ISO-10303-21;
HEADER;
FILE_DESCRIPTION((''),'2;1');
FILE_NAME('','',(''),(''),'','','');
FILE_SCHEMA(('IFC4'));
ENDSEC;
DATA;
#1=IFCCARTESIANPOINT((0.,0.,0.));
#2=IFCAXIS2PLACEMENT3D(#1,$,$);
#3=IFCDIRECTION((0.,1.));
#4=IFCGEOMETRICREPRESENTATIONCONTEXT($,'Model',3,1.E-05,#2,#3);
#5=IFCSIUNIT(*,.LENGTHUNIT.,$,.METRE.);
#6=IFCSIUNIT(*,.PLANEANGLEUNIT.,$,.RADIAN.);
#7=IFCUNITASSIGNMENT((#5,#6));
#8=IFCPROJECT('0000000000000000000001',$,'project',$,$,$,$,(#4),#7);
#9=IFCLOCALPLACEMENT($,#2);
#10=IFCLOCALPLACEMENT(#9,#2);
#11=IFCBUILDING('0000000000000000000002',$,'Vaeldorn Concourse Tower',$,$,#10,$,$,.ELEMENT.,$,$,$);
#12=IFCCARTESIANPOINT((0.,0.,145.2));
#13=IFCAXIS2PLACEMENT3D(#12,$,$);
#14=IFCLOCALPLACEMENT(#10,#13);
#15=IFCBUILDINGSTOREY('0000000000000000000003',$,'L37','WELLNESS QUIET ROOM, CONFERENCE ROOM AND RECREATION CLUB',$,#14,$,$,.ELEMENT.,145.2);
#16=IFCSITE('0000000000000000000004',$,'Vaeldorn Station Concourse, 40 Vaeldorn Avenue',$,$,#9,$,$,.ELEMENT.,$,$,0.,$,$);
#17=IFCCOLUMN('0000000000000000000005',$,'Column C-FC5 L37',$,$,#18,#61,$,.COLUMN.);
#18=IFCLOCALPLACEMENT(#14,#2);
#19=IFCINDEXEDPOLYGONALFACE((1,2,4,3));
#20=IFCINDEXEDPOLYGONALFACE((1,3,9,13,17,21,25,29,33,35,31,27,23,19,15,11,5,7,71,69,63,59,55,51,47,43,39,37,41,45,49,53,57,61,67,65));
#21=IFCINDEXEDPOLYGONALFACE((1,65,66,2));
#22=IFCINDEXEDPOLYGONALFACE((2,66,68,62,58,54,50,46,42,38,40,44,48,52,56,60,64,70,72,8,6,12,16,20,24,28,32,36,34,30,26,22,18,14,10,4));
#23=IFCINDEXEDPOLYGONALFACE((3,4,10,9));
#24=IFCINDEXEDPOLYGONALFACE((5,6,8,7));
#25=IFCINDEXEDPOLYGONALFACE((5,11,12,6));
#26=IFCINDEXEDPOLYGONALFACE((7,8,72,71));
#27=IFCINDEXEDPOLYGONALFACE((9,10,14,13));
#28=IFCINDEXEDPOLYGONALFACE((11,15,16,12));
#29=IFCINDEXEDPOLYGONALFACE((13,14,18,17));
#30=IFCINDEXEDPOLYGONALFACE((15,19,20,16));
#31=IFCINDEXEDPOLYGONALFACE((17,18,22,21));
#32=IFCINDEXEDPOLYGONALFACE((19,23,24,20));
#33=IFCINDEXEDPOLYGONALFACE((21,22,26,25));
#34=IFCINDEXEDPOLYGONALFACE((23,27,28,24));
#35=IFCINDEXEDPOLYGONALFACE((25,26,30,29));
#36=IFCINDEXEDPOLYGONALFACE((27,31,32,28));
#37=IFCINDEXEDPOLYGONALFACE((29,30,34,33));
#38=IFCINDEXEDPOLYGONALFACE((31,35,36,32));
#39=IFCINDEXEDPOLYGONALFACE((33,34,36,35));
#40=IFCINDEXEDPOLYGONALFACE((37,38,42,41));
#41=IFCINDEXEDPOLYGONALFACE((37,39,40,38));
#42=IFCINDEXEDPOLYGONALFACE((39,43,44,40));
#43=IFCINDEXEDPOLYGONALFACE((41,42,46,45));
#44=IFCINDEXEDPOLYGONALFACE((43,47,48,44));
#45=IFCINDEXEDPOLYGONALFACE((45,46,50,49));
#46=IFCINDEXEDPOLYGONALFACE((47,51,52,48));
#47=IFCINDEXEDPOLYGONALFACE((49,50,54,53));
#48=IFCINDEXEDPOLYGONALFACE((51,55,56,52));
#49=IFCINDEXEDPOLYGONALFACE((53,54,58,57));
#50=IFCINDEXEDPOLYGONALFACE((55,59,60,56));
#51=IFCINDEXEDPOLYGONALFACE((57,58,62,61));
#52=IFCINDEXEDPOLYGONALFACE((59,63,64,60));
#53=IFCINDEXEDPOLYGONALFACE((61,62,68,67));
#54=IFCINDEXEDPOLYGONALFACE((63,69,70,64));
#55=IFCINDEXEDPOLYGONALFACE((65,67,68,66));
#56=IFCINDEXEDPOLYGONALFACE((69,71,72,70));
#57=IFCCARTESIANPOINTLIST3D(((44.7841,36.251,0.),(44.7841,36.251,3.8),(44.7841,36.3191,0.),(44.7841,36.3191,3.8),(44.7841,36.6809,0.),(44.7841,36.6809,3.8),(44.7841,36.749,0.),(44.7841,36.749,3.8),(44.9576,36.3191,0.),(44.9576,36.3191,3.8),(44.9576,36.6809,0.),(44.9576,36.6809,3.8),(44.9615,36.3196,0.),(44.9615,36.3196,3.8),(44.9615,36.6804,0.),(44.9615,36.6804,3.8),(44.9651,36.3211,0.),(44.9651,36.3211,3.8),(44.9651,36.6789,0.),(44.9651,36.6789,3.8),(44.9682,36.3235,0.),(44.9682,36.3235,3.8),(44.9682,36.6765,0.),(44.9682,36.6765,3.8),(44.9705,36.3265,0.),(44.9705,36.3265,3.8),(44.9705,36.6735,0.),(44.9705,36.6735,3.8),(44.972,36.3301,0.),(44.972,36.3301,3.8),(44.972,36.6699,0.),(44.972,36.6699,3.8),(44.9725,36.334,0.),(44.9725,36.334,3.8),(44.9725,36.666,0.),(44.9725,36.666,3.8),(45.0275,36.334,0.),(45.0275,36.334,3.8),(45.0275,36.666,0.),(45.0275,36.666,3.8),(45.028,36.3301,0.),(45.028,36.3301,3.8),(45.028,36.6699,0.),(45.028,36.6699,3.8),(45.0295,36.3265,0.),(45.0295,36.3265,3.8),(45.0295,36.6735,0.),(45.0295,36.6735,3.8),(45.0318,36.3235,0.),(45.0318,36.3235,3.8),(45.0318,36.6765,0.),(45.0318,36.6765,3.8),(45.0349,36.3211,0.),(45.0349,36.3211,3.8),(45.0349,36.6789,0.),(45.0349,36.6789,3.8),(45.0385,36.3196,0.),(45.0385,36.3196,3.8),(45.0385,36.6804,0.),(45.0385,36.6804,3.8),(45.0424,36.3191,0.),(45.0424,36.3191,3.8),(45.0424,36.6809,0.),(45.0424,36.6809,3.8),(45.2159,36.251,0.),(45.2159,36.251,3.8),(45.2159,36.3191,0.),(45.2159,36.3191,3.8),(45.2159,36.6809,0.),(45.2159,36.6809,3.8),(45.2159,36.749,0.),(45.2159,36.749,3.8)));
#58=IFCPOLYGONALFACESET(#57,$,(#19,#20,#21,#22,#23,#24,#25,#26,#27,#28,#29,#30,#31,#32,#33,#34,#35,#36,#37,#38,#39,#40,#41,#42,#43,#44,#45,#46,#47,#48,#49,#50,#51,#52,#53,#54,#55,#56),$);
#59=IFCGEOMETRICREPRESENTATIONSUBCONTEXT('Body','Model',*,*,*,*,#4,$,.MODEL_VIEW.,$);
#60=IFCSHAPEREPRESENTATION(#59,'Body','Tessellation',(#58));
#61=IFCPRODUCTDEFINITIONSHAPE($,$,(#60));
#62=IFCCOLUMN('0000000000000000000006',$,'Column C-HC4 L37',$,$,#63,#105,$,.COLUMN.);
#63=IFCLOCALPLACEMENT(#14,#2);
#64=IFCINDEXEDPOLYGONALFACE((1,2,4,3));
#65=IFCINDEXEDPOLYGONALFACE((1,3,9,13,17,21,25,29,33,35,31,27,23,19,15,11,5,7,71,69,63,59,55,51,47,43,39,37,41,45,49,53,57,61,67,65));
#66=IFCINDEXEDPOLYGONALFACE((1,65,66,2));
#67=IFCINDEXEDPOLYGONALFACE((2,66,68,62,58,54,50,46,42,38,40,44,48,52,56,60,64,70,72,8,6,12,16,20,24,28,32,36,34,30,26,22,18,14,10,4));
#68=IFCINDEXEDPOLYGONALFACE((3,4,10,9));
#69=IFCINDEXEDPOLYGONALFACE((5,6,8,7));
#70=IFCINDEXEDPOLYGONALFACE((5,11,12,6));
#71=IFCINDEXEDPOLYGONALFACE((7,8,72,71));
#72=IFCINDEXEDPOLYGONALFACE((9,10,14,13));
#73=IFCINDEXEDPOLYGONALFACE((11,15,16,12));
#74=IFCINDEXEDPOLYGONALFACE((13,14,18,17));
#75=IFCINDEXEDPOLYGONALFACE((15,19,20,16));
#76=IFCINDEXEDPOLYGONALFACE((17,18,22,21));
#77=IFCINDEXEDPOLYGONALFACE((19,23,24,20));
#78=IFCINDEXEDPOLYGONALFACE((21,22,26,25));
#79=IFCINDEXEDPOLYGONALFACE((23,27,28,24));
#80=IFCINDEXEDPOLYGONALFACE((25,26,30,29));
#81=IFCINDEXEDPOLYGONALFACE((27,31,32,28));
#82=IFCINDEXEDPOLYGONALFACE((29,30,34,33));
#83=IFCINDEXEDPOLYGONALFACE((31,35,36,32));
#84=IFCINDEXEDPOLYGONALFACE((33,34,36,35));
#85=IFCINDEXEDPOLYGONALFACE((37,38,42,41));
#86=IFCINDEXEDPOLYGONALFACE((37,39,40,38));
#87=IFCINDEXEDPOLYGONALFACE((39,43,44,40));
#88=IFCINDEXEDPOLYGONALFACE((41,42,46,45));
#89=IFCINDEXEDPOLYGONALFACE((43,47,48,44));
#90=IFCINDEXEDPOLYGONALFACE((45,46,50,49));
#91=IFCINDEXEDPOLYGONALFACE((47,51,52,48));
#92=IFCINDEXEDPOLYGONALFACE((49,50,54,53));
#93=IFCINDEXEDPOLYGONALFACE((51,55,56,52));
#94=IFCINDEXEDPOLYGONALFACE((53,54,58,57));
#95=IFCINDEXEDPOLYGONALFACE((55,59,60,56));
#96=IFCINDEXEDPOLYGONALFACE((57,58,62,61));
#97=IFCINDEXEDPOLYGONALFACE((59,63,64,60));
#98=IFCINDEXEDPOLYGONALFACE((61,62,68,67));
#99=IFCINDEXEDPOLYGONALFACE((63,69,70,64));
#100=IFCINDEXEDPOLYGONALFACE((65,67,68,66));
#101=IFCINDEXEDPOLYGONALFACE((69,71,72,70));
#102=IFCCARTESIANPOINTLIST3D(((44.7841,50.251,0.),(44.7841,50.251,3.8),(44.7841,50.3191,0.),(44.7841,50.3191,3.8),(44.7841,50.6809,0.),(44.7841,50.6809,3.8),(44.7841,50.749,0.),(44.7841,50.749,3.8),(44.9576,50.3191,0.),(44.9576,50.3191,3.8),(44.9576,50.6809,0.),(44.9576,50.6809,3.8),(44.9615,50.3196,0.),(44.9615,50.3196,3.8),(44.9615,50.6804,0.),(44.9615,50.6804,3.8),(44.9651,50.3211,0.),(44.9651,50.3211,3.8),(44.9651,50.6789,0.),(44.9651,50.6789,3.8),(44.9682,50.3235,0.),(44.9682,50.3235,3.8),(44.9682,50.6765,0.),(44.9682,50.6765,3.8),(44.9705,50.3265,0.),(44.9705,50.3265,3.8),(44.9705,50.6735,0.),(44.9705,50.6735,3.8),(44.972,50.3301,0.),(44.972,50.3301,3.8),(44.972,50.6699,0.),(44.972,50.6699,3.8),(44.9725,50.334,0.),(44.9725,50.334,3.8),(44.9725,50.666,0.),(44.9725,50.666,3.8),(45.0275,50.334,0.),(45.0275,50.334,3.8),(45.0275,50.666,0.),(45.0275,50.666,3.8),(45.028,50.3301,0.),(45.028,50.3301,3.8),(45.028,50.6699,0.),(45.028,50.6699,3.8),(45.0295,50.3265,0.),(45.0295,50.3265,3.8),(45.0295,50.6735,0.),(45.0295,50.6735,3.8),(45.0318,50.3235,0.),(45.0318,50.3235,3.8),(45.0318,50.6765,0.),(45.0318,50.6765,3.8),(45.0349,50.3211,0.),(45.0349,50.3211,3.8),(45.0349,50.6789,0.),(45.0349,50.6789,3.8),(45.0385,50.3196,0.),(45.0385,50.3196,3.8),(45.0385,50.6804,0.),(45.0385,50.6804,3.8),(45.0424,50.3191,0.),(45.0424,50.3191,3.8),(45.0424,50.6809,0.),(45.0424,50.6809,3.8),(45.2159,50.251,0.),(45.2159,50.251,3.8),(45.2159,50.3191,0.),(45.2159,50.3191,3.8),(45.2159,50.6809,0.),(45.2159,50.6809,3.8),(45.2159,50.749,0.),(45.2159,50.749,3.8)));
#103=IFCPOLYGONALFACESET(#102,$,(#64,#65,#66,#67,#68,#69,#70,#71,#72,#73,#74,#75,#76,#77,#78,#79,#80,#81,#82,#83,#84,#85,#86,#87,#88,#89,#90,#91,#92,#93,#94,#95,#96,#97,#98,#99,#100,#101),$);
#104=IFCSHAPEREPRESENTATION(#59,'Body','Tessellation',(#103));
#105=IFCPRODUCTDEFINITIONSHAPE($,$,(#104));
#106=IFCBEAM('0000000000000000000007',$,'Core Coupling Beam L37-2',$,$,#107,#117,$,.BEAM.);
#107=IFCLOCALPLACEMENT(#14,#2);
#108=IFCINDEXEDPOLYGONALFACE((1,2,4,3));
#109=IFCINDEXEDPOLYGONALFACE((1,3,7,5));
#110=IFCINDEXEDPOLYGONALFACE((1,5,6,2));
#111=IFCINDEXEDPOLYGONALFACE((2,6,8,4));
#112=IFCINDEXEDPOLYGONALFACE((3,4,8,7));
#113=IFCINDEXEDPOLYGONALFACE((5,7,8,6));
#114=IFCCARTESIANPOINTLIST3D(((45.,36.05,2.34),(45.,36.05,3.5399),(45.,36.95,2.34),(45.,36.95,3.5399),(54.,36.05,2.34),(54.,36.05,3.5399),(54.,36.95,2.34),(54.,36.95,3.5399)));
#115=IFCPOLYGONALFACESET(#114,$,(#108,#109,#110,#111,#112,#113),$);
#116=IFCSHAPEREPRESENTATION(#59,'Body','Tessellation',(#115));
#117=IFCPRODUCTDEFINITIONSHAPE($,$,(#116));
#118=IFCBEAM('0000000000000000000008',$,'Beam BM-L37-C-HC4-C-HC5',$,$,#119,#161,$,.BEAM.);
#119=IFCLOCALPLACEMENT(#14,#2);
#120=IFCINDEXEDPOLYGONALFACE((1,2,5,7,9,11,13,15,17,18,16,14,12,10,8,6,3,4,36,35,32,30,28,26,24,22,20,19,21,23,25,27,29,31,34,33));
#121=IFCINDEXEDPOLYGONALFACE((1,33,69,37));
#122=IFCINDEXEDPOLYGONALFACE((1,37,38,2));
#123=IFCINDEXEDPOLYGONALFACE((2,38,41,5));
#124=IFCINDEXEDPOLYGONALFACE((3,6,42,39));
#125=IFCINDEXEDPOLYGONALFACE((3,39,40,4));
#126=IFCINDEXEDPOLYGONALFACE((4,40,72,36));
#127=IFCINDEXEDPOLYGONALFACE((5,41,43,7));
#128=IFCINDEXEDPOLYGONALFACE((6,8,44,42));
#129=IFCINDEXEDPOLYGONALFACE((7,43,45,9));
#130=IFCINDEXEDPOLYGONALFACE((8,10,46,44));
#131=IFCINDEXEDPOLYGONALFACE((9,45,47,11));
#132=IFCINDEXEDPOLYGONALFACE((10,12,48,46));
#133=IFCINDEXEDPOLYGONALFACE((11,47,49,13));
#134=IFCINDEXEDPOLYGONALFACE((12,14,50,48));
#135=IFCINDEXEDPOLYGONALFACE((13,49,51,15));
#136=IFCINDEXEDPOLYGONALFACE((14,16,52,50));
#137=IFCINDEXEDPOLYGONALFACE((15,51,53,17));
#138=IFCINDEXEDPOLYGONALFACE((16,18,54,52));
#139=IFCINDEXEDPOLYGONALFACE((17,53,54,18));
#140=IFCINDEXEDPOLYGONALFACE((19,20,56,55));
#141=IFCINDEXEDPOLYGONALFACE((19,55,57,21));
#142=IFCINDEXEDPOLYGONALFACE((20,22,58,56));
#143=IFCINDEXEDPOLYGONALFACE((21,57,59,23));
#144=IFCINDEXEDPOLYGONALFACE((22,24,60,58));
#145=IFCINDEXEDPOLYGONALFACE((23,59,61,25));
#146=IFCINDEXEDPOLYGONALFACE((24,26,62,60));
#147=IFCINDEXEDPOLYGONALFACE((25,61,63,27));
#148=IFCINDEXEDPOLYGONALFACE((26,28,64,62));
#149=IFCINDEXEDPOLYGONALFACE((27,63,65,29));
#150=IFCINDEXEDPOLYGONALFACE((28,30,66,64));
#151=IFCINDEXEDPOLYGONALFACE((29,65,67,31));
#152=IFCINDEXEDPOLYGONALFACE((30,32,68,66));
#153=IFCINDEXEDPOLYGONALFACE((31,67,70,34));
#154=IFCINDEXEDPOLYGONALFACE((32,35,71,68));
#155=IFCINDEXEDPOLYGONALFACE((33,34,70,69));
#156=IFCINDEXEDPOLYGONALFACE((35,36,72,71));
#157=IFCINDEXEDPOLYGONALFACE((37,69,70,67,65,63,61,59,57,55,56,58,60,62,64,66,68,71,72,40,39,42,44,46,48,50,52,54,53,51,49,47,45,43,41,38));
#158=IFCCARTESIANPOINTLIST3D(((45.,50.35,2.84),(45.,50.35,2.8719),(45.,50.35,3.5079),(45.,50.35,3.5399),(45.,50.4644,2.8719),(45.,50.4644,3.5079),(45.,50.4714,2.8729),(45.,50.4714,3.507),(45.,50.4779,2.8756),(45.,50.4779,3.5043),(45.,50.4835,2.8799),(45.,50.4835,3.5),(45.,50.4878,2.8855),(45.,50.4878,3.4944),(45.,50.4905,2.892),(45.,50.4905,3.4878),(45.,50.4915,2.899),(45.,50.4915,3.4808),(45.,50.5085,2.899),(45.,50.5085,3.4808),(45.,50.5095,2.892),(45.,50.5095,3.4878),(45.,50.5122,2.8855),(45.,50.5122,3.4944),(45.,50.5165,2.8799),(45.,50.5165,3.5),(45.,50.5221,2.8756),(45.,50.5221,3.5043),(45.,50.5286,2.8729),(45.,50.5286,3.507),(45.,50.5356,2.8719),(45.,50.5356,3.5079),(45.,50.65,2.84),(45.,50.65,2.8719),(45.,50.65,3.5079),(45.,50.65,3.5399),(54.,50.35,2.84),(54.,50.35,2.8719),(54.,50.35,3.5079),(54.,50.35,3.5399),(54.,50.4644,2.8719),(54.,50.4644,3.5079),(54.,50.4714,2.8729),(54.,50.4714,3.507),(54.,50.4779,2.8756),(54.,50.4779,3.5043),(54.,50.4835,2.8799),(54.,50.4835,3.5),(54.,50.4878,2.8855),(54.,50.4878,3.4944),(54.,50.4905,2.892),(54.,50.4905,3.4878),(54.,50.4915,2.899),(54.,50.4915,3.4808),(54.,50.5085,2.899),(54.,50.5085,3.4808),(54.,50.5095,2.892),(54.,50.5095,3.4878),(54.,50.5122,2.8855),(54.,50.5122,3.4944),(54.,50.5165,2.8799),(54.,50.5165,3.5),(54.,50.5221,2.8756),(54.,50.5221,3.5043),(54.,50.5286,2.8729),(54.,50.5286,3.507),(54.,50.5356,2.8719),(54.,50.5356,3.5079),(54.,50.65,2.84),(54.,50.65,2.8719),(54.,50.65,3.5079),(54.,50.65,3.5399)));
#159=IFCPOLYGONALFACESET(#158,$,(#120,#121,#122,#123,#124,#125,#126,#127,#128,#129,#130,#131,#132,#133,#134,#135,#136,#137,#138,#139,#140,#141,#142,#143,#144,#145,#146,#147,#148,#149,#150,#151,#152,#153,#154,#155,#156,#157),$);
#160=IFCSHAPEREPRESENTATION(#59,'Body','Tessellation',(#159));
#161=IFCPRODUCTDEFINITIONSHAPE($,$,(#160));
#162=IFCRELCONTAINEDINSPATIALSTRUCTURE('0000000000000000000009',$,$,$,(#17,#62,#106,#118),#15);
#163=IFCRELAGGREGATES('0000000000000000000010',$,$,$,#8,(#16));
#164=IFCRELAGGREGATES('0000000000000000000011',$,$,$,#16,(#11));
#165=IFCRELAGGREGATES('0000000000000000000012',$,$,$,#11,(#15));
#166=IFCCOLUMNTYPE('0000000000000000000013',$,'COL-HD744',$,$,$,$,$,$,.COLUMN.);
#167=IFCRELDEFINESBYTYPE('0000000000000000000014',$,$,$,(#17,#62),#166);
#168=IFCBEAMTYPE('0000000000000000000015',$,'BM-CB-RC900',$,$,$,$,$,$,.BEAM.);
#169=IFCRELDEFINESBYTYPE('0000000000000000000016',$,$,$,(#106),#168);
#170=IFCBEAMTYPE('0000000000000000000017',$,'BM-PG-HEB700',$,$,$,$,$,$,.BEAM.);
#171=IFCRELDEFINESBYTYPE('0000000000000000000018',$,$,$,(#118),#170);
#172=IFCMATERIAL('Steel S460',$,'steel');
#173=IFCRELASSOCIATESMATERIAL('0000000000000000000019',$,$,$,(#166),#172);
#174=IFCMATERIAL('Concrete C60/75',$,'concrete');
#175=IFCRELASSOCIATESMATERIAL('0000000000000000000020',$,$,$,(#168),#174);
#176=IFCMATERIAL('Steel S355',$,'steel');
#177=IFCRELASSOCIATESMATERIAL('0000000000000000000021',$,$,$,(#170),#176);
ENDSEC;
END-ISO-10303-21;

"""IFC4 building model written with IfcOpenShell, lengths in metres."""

from ifc_helpers import new_model, si_unit, direction, frame, origin, origin_2d, place, context, subcontext, project, spatial, rectangle, i_section, extrude, source, transform, mapped, material, material_profile, profile_set, type_object, element, save


model = new_model("IFC4")

# Units and contexts
model_context = context("Model", 3, precision=1e-05, world=origin(), true_north=direction((0.0, 1.0)))
body_context = subcontext(model_context, "Body", "Model", "MODEL_VIEW")
ifc_project = project(units=[si_unit("LENGTHUNIT", "METRE"), si_unit("PLANEANGLEUNIT", "RADIAN")], contexts=[model_context])

# Site, building, storey
site_placement = place(None, origin())
site = spatial("IfcSite", under=ifc_project, at=site_placement, Name="Vaeldorn Station Concourse, 40 Vaeldorn Avenue", CompositionType="ELEMENT", RefElevation=0.0)
building_placement = place(site_placement, origin())
building = spatial("IfcBuilding", under=site, at=building_placement, Name="Vaeldorn Concourse Tower", CompositionType="ELEMENT")
storey_placement = place(building_placement, frame((0.0, 0.0, 145.2)))
storey = spatial("IfcBuildingStorey", under=building, at=storey_placement, Name="L37", Description="WELLNESS QUIET ROOM, CONFERENCE ROOM AND RECREATION CLUB", CompositionType="ELEMENT", Elevation=145.2)

# Columns
ifc_material_1 = material(Name="Steel S460", Category="steel")
ifc_material_profile_1 = material_profile(ifc_material_1, i_section(OverallWidth=0.4319, OverallDepth=0.498, WebThickness=0.0549, FlangeThickness=0.0681, FilletRadius=0.0149, at=origin_2d()), Name="HD 400x744")
ifc_profile_set_1 = profile_set([ifc_material_profile_1], Name="Steel S460")
column_type = type_object("IfcColumnType", Name="COL-HD744", PredefinedType="COLUMN", material=ifc_profile_set_1)
shared_shape_1 = source(origin(), body_context, "Body", "SweptSolid", [
    extrude(i_section(OverallWidth=0.4319, OverallDepth=0.498, WebThickness=0.0549, FlangeThickness=0.0681, FilletRadius=0.0149, at=origin_2d()), origin(), (0.0, 0.0, 1.0), 3.8),
])
for number, where, z_axis, x_axis, name in (
    (1, (45.0, 36.5, 0.0), (0.0, 0.0, 1.0), (1.0, 0.0, 0.0), "Column C-FC5 L37"),
    (2, (45.0, 50.5, 0.0), (0.0, 0.0, 1.0), (1.0, 0.0, 0.0), "Column C-HC4 L37"),
):
    element("IfcColumn", number, at=place(storey_placement, frame(where, z_axis=z_axis, x_axis=x_axis)), inside=storey, type_object=column_type, Name=name, PredefinedType="COLUMN", context=body_context, shape_type="MappedRepresentation", body=[
        mapped(shared_shape_1, transform((0.0, 0.0, 0.0), scale=1.0)),
    ])

# Beams
ifc_material_2 = material(Name="Concrete C60/75", Category="concrete")
ifc_material_profile_2 = material_profile(ifc_material_2, rectangle(XDim=0.8999, YDim=1.2, at=origin_2d()), Name="RC 900x1200")
ifc_profile_set_2 = profile_set([ifc_material_profile_2], Name="Concrete C60/75")
beam_type_1 = type_object("IfcBeamType", Name="BM-CB-RC900", PredefinedType="BEAM", material=ifc_profile_set_2)
shared_shape_2 = source(origin(), body_context, "Body", "SweptSolid", [
    extrude(rectangle(XDim=0.8999, YDim=1.2, at=origin_2d()), origin(), (0.0, 0.0, 1.0), 9.0),
])
beam_1_placement = place(storey_placement, frame((45.0, 36.5, 2.9399), z_axis=(1.0, 0.0, 0.0), x_axis=(0.0, 1.0, 0.0)))
element("IfcBeam", 3, at=beam_1_placement, inside=storey, type_object=beam_type_1, Name="Core Coupling Beam L37-2", PredefinedType="BEAM", context=body_context, shape_type="MappedRepresentation", body=[
    mapped(shared_shape_2, transform((0.0, 0.0, 0.0), scale=1.0)),
])
ifc_material_3 = material(Name="Steel S355", Category="steel")
ifc_material_profile_3 = material_profile(ifc_material_3, i_section(OverallWidth=0.3, OverallDepth=0.7, WebThickness=0.0171, FlangeThickness=0.032, FilletRadius=0.0271, at=origin_2d()), Name="HEB 700")
ifc_profile_set_3 = profile_set([ifc_material_profile_3], Name="Steel S355")
beam_type_2 = type_object("IfcBeamType", Name="BM-PG-HEB700", PredefinedType="BEAM", material=ifc_profile_set_3)
shared_shape_3 = source(origin(), body_context, "Body", "SweptSolid", [
    extrude(i_section(OverallWidth=0.3, OverallDepth=0.7, WebThickness=0.0171, FlangeThickness=0.032, FilletRadius=0.0271, at=origin_2d()), origin(), (0.0, 0.0, 1.0), 9.0),
])
beam_2_placement = place(storey_placement, frame((45.0, 50.5, 3.1899), z_axis=(1.0, 0.0, 0.0), x_axis=(0.0, 1.0, 0.0)))
element("IfcBeam", 4, at=beam_2_placement, inside=storey, type_object=beam_type_2, Name="Beam BM-L37-C-HC4-C-HC5", PredefinedType="BEAM", context=body_context, shape_type="MappedRepresentation", body=[
    mapped(shared_shape_3, transform((0.0, 0.0, 0.0), scale=1.0)),
])

save(model, "model.ifc")
